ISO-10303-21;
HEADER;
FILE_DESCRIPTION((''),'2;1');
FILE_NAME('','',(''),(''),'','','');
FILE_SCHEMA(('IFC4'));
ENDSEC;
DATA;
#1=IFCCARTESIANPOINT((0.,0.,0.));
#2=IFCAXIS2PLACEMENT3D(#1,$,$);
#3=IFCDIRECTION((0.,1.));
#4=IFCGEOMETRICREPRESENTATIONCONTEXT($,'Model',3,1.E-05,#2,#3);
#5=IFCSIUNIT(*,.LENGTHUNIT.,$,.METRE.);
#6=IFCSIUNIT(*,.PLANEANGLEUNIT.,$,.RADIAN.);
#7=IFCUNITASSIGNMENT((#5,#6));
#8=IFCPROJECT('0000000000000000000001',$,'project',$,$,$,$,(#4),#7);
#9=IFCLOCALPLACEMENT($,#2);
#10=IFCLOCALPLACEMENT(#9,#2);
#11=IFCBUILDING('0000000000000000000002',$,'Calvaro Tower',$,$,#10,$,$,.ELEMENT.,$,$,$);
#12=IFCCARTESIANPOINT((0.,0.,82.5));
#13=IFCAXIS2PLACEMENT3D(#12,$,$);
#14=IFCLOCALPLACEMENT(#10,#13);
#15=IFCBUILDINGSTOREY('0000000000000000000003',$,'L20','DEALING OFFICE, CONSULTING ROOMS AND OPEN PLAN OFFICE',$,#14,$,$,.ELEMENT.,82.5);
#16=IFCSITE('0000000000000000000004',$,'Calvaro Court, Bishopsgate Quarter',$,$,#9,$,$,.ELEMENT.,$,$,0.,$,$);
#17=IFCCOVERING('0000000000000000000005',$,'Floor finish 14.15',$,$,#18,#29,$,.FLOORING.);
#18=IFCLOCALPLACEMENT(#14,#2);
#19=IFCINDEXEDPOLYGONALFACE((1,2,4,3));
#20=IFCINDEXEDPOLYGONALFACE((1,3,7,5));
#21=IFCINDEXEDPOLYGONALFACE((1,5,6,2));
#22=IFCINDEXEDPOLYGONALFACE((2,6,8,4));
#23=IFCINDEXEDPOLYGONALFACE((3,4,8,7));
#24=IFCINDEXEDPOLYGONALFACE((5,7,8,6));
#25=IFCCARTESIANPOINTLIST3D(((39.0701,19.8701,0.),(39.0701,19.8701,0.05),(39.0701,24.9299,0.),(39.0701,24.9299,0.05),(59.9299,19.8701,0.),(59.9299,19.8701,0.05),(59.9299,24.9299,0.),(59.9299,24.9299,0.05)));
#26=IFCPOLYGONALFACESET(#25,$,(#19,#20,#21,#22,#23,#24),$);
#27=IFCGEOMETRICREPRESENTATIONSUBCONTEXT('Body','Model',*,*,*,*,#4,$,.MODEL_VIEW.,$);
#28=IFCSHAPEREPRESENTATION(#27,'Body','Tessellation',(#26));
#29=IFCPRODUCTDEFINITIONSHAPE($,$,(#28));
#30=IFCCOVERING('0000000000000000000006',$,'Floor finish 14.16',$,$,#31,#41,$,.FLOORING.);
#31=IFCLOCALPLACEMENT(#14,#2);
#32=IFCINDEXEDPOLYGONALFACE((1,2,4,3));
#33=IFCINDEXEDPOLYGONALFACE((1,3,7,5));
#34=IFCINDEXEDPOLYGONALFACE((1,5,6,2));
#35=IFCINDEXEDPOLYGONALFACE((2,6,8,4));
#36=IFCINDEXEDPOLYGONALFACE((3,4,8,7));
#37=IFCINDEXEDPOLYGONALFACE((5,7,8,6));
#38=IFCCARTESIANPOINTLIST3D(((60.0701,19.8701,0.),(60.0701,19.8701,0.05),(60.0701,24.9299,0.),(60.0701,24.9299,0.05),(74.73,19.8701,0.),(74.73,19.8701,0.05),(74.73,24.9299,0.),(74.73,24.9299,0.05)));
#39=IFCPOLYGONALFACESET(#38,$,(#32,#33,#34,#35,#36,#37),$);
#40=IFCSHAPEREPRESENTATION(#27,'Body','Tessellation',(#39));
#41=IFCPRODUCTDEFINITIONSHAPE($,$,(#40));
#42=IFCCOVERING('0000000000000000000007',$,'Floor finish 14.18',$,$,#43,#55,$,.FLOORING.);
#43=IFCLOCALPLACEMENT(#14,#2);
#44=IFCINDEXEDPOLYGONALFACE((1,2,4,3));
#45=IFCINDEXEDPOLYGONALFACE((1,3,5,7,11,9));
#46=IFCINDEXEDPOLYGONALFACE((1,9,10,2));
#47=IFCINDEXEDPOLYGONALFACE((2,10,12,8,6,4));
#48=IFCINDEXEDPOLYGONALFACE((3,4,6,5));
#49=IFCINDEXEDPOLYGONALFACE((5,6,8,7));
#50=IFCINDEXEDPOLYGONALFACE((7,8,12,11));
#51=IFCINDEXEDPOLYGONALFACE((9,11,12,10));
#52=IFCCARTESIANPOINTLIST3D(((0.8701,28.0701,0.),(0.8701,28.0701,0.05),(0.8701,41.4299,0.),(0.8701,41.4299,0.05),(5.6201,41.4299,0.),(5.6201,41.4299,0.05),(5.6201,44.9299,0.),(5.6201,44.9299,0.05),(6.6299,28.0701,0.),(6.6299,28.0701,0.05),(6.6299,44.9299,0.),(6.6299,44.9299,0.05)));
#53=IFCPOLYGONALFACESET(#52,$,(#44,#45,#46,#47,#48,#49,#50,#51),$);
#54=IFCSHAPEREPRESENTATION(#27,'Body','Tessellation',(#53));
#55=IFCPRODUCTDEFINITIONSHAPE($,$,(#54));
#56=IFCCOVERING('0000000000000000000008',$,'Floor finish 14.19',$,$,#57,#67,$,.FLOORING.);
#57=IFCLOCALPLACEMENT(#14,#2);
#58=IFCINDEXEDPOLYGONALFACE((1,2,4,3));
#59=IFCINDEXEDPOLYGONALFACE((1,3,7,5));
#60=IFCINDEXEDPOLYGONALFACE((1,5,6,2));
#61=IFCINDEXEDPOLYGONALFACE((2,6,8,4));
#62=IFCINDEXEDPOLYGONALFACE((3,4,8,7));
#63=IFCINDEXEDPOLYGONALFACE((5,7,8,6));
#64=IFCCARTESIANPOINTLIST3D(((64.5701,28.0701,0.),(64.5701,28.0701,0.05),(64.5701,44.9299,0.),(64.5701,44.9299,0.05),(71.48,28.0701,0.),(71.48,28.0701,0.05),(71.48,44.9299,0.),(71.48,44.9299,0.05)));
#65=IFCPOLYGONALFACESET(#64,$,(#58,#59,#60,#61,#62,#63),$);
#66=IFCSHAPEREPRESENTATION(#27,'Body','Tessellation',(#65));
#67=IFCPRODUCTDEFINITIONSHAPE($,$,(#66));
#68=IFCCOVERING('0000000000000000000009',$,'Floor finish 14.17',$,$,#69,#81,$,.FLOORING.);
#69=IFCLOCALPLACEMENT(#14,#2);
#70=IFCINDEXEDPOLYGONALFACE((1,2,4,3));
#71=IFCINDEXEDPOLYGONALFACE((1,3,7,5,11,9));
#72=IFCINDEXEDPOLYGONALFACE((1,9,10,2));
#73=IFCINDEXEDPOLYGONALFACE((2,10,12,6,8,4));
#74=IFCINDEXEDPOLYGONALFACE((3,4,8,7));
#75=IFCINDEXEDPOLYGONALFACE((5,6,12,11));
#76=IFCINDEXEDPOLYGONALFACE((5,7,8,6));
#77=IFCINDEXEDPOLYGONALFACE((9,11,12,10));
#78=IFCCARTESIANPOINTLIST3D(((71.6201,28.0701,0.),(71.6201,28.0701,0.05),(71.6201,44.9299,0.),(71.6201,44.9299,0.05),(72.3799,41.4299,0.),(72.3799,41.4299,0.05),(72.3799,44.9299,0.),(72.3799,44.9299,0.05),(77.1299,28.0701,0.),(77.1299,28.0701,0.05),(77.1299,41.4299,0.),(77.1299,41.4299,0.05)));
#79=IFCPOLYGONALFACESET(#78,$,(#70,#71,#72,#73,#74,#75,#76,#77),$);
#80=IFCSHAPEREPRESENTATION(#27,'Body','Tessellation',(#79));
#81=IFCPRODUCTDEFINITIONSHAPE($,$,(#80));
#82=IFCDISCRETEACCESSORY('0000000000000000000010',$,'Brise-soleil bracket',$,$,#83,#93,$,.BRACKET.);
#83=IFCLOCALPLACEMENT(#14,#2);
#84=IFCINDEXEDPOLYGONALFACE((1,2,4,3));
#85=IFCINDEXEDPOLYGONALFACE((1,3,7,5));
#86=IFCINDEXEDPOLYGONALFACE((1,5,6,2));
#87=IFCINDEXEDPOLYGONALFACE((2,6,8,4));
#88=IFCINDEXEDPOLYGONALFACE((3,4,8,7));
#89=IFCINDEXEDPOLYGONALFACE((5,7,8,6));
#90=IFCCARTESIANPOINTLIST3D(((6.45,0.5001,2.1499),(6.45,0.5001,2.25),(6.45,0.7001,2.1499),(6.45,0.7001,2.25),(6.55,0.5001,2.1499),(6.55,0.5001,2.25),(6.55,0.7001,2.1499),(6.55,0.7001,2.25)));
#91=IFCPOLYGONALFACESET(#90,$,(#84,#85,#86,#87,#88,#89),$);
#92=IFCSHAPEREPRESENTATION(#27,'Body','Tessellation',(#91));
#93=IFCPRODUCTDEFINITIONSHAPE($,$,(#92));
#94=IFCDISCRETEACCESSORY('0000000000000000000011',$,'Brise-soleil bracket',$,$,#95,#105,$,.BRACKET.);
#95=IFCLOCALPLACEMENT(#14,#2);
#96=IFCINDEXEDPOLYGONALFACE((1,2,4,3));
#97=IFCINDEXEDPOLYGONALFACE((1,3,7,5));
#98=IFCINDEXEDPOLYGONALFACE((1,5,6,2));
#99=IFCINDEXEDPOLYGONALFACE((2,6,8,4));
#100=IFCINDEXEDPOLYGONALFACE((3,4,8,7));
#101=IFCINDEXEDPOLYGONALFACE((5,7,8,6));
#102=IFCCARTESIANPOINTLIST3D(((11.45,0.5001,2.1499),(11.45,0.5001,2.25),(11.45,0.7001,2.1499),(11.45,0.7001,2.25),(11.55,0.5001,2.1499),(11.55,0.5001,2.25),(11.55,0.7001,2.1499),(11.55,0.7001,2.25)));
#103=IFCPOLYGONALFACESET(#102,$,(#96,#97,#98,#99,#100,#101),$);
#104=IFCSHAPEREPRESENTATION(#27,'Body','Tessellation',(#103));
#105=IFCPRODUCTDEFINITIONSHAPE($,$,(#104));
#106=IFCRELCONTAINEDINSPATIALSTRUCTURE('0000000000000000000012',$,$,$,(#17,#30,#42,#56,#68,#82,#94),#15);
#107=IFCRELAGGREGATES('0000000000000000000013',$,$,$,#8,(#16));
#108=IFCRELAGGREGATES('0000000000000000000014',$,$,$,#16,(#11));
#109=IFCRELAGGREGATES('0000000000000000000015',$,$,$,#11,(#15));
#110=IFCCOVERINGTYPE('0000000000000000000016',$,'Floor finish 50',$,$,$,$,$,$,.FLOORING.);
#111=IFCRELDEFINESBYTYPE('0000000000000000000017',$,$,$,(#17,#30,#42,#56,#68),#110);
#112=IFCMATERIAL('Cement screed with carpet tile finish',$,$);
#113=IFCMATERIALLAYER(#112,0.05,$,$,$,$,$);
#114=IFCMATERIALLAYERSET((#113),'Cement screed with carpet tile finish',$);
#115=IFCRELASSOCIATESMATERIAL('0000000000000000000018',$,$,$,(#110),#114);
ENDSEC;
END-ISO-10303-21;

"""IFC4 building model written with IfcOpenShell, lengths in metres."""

from ifc_helpers import new_model, si_unit, direction, frame, origin, origin_2d, place, context, subcontext, project, spatial, polyline, rectangle, outline, extrude, material, layer, layer_set, type_object, element, save


model = new_model("IFC4")

# Units and contexts
model_context = context("Model", 3, precision=1e-05, world=origin(), true_north=direction((0.0, 1.0)))
body_context = subcontext(model_context, "Body", "Model", "MODEL_VIEW")
ifc_project = project(units=[si_unit("LENGTHUNIT", "METRE"), si_unit("PLANEANGLEUNIT", "RADIAN")], contexts=[model_context])

# Site, building, storey
site_placement = place(None, origin())
site = spatial("IfcSite", under=ifc_project, at=site_placement, Name="Calvaro Court, Bishopsgate Quarter", CompositionType="ELEMENT", RefElevation=0.0)
building_placement = place(site_placement, origin())
building = spatial("IfcBuilding", under=site, at=building_placement, Name="Calvaro Tower", CompositionType="ELEMENT")
storey_placement = place(building_placement, frame((0.0, 0.0, 82.5)))
storey = spatial("IfcBuildingStorey", under=building, at=storey_placement, Name="L20", Description="DEALING OFFICE, CONSULTING ROOMS AND OPEN PLAN OFFICE", CompositionType="ELEMENT", Elevation=82.5)

# Coverings
ifc_material_1 = material(Name="Cement screed with carpet tile finish")
ifc_layer_1 = layer(ifc_material_1, 0.05)
ifc_layer_set_1 = layer_set([ifc_layer_1], Name="Cement screed with carpet tile finish")
covering_type = type_object("IfcCoveringType", Name="Floor finish 50", PredefinedType="FLOORING", material=ifc_layer_set_1)
covering_1_placement = place(storey_placement, origin())
element("IfcCovering", 1, at=covering_1_placement, inside=storey, type_object=covering_type, Name="Floor finish 14.15", PredefinedType="FLOORING", context=body_context, shape_type="SweptSolid", body=[
    extrude(outline(polyline([(39.0701, 19.8701), (39.0701, 24.9299), (59.9299, 24.9299), (59.9299, 19.8701), (39.0701, 19.8701)])), origin(), (0.0, 0.0, 1.0), 0.05),
])
covering_2_placement = place(storey_placement, origin())
element("IfcCovering", 2, at=covering_2_placement, inside=storey, type_object=covering_type, Name="Floor finish 14.16", PredefinedType="FLOORING", context=body_context, shape_type="SweptSolid", body=[
    extrude(outline(polyline([(60.0701, 19.8701), (60.0701, 24.9299), (74.73, 24.9299), (74.73, 19.8701), (60.0701, 19.8701)])), origin(), (0.0, 0.0, 1.0), 0.05),
])
covering_3_placement = place(storey_placement, origin())
element("IfcCovering", 3, at=covering_3_placement, inside=storey, type_object=covering_type, Name="Floor finish 14.18", PredefinedType="FLOORING", context=body_context, shape_type="SweptSolid", body=[
    extrude(outline(polyline([(6.6299, 28.0701), (0.8701, 28.0701), (0.8701, 41.4299), (5.6201, 41.4299), (5.6201, 44.9299), (6.6299, 44.9299), (6.6299, 28.0701)])), origin(), (0.0, 0.0, 1.0), 0.05),
])
covering_4_placement = place(storey_placement, origin())
element("IfcCovering", 4, at=covering_4_placement, inside=storey, type_object=covering_type, Name="Floor finish 14.19", PredefinedType="FLOORING", context=body_context, shape_type="SweptSolid", body=[
    extrude(outline(polyline([(71.48, 28.0701), (64.5701, 28.0701), (64.5701, 44.9299), (71.48, 44.9299), (71.48, 28.0701)])), origin(), (0.0, 0.0, 1.0), 0.05),
])
covering_5_placement = place(storey_placement, origin())
element("IfcCovering", 5, at=covering_5_placement, inside=storey, type_object=covering_type, Name="Floor finish 14.17", PredefinedType="FLOORING", context=body_context, shape_type="SweptSolid", body=[
    extrude(outline(polyline([(77.1299, 28.0701), (71.6201, 28.0701), (71.6201, 44.9299), (72.3799, 44.9299), (72.3799, 41.4299), (77.1299, 41.4299), (77.1299, 28.0701)])), origin(), (0.0, 0.0, 1.0), 0.05),
])

# Discrete accessories
for number, where, z_axis, x_axis, name in (
    (6, (6.5, 0.6001, 2.1499), (0.0, 0.0, 1.0), (1.0, 0.0, 0.0), "Brise-soleil bracket"),
    (7, (11.5, 0.6001, 2.1499), (0.0, 0.0, 1.0), (1.0, 0.0, 0.0), "Brise-soleil bracket"),
):
    element("IfcDiscreteAccessory", number, at=place(storey_placement, frame(where, z_axis=z_axis, x_axis=x_axis)), inside=storey, Name=name, PredefinedType="BRACKET", context=body_context, shape_type="SweptSolid", body=[
        extrude(rectangle(XDim=0.1001, YDim=0.2, at=origin_2d()), origin(), (0.0, 0.0, 1.0), 0.1001),
    ])

save(model, "model.ifc")
